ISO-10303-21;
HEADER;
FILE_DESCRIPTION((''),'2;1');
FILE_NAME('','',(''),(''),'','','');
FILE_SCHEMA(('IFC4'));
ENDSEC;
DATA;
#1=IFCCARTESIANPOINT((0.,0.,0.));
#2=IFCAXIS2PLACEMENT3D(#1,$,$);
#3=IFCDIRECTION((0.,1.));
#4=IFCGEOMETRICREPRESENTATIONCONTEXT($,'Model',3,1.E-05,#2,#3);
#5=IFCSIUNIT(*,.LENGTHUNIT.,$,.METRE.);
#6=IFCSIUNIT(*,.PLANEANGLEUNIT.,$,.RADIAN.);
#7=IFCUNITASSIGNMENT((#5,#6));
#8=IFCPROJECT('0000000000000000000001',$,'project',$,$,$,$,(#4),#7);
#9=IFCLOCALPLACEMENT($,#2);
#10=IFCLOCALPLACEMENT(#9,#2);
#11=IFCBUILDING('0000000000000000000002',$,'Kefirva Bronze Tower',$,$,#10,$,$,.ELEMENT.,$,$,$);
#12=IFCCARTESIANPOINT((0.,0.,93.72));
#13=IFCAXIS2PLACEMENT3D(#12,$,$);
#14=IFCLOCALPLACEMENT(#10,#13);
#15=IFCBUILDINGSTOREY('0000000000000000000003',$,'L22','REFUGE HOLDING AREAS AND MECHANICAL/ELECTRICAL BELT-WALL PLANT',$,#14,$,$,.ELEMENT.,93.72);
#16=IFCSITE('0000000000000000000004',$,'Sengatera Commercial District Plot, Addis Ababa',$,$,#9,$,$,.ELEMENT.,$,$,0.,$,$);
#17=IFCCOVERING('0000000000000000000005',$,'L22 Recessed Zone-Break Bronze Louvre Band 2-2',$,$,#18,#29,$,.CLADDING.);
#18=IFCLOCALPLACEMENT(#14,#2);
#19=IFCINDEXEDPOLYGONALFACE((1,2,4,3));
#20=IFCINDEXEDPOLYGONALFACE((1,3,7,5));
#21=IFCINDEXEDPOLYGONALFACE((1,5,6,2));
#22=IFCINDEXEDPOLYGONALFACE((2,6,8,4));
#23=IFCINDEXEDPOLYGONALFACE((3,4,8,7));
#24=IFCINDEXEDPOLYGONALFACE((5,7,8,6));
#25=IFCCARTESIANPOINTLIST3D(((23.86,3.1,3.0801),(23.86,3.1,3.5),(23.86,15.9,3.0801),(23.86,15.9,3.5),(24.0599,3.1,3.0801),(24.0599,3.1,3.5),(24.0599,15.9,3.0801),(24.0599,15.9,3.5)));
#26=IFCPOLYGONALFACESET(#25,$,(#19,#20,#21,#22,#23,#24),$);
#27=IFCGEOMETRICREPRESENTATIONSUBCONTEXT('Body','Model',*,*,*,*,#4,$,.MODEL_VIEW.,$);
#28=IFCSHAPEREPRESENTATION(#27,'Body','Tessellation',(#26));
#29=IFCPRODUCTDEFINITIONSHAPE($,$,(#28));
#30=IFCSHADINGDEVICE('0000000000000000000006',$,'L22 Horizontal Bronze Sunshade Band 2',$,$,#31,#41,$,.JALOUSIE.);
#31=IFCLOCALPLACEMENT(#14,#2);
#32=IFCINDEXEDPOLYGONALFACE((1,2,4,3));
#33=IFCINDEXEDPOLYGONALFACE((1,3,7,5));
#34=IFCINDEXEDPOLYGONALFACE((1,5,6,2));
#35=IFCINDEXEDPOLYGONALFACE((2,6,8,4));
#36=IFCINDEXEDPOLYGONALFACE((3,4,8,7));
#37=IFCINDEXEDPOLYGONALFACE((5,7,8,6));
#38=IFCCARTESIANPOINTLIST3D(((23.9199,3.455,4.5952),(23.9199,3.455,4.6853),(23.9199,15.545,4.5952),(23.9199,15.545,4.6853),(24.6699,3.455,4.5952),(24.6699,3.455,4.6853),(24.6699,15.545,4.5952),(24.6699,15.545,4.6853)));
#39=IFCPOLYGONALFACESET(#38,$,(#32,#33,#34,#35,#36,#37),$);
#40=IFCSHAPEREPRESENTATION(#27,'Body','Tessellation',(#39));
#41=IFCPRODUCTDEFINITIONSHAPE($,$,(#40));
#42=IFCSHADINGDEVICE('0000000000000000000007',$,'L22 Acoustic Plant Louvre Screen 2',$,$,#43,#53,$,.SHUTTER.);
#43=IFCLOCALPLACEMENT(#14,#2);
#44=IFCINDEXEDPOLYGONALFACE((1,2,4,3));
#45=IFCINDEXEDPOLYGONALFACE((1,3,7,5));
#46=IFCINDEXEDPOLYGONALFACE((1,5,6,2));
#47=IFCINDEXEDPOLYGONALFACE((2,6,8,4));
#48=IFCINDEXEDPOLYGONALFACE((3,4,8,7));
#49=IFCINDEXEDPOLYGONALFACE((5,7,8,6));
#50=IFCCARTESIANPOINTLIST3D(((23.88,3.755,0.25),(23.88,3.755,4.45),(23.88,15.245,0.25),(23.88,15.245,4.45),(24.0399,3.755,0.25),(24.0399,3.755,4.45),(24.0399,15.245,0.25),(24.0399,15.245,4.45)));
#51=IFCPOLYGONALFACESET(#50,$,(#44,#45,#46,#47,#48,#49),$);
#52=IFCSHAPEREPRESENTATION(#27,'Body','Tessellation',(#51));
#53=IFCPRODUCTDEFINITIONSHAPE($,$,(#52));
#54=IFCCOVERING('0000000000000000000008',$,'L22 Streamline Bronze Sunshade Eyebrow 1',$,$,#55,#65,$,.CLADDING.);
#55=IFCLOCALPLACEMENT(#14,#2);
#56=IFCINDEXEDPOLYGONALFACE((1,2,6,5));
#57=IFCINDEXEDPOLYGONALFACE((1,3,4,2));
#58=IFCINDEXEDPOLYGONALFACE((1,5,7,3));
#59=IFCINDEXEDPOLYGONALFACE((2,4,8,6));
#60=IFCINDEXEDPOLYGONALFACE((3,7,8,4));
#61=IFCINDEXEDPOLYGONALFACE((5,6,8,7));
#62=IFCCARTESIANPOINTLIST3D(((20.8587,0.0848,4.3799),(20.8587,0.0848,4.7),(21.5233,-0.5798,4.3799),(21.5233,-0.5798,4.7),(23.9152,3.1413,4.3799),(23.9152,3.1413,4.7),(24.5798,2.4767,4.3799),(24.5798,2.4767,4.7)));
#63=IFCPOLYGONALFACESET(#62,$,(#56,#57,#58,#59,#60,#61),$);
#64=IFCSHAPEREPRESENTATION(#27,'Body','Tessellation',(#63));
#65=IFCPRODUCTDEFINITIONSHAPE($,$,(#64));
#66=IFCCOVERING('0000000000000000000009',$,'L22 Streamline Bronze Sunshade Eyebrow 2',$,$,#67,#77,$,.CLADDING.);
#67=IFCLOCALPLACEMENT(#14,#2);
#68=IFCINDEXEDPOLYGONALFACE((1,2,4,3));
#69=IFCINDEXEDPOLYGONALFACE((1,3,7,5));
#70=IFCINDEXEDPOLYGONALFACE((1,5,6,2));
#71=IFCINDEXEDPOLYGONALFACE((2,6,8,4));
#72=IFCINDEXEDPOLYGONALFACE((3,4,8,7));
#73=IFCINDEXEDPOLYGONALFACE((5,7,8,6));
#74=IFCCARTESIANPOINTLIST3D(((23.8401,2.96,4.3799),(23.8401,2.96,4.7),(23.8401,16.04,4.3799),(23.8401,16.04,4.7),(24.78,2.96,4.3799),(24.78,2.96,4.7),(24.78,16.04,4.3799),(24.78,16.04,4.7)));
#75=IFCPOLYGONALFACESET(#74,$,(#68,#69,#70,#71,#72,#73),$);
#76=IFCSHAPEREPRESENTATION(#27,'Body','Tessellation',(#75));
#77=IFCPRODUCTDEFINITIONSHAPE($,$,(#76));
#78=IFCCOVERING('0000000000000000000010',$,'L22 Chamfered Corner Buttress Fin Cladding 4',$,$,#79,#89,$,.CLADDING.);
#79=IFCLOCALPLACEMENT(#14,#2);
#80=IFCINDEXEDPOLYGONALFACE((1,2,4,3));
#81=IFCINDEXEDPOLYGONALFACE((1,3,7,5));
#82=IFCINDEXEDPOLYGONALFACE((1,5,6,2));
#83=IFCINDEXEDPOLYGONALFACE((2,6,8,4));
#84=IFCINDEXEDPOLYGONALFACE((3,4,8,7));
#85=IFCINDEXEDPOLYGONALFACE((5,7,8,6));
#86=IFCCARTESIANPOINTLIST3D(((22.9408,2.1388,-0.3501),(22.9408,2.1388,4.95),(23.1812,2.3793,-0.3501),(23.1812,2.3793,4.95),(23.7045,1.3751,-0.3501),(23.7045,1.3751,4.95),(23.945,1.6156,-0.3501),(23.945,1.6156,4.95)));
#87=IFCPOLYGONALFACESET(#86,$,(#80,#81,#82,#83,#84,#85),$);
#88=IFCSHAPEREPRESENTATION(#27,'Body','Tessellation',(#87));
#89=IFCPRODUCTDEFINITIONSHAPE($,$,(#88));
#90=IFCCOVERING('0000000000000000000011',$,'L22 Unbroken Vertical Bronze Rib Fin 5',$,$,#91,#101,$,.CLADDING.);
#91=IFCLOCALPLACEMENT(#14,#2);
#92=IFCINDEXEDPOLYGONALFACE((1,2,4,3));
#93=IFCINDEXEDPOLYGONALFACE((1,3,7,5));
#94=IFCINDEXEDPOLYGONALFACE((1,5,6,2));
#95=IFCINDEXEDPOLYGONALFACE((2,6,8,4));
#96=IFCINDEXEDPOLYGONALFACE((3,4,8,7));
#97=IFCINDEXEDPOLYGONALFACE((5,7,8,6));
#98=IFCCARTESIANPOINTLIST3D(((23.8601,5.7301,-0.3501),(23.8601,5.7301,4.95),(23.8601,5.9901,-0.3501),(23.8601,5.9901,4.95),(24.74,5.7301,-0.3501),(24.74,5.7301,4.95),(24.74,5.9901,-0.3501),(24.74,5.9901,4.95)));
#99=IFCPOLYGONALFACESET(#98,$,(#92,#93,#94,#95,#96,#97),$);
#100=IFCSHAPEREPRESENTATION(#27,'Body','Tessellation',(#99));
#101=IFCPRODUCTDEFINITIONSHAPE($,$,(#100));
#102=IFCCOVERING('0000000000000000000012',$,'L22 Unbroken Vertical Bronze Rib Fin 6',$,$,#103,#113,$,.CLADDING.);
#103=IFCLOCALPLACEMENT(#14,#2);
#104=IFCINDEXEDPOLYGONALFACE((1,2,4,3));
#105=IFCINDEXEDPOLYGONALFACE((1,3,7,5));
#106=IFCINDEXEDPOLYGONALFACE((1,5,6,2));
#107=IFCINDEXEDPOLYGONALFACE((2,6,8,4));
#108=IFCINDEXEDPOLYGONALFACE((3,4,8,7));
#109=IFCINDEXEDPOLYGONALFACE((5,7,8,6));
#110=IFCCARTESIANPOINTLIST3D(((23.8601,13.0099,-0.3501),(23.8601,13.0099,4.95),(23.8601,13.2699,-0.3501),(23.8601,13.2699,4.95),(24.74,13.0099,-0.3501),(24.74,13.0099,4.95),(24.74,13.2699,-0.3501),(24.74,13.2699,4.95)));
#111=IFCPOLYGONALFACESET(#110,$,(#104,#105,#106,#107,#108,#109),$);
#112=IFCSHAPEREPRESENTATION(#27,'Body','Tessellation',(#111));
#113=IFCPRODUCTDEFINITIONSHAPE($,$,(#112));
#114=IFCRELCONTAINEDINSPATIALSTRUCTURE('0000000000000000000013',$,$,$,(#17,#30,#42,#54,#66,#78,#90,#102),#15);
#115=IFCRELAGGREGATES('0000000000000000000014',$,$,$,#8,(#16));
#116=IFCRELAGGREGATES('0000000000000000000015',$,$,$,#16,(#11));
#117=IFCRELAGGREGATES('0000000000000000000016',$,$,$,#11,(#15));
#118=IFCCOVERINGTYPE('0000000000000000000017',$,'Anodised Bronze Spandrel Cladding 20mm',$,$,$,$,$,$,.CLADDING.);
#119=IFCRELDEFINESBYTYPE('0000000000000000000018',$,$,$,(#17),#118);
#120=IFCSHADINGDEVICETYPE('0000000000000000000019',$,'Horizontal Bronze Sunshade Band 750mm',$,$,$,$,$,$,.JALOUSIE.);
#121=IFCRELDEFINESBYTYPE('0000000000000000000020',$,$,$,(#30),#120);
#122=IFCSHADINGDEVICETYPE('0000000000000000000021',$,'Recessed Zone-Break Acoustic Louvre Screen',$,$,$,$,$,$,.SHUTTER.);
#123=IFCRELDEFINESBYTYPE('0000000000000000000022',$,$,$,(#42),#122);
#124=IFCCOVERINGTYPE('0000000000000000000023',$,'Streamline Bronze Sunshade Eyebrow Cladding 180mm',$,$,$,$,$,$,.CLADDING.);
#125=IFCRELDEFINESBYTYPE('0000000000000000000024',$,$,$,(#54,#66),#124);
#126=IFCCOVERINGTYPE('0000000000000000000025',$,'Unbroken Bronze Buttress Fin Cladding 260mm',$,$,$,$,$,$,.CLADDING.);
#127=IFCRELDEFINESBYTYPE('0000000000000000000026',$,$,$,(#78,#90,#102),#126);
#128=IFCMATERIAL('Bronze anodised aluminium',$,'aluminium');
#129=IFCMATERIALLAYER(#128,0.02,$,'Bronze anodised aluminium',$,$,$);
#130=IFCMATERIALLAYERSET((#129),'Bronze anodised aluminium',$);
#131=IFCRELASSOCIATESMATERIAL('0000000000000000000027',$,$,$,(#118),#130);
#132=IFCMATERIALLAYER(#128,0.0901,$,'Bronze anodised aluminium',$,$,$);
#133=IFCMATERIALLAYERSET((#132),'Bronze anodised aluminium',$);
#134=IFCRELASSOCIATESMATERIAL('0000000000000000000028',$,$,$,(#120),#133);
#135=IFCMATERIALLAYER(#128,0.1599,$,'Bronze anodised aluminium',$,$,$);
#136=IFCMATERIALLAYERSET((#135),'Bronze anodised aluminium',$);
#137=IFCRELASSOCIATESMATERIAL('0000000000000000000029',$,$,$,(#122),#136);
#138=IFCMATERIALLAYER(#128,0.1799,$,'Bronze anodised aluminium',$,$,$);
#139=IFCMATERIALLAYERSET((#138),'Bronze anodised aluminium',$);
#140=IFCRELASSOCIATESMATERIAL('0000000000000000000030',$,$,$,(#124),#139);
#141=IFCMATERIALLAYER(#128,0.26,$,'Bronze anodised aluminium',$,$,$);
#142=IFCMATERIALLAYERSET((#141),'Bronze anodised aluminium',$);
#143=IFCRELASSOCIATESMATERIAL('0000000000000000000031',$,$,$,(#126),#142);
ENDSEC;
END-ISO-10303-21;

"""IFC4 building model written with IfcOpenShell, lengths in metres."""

from ifc_helpers import new_model, si_unit, direction, frame, origin, origin_2d, place, context, subcontext, project, spatial, rectangle, extrude, material, layer, layer_set, type_object, element, save


model = new_model("IFC4")

# Units and contexts
model_context = context("Model", 3, precision=1e-05, world=origin(), true_north=direction((0.0, 1.0)))
body_context = subcontext(model_context, "Body", "Model", "MODEL_VIEW")
ifc_project = project(units=[si_unit("LENGTHUNIT", "METRE"), si_unit("PLANEANGLEUNIT", "RADIAN")], contexts=[model_context])

# Site, building, storey
site_placement = place(None, origin())
site = spatial("IfcSite", under=ifc_project, at=site_placement, Name="Sengatera Commercial District Plot, Addis Ababa", CompositionType="ELEMENT", RefElevation=0.0)
building_placement = place(site_placement, origin())
building = spatial("IfcBuilding", under=site, at=building_placement, Name="Kefirva Bronze Tower", CompositionType="ELEMENT")
storey_placement = place(building_placement, frame((0.0, 0.0, 93.72)))
storey = spatial("IfcBuildingStorey", under=building, at=storey_placement, Name="L22", Description="REFUGE HOLDING AREAS AND MECHANICAL/ELECTRICAL BELT-WALL PLANT", CompositionType="ELEMENT", Elevation=93.72)

# Covering
ifc_material_1 = material(Name="Bronze anodised aluminium", Category="aluminium")
ifc_layer_1 = layer(ifc_material_1, 0.02, Name="Bronze anodised aluminium")
ifc_layer_set_1 = layer_set([ifc_layer_1], Name="Bronze anodised aluminium")
covering_type_1 = type_object("IfcCoveringType", Name="Anodised Bronze Spandrel Cladding 20mm", PredefinedType="CLADDING", material=ifc_layer_set_1)
for number, where, z_axis, x_axis, name in (
    (1, (23.96, 9.5, 3.0801), (0.0, 0.0, 1.0), (0.0, 1.0, 0.0), "L22 Recessed Zone-Break Bronze Louvre Band 2-2"),
):
    element("IfcCovering", number, at=place(storey_placement, frame(where, z_axis=z_axis, x_axis=x_axis)), inside=storey, type_object=covering_type_1, Name=name, PredefinedType="CLADDING", context=body_context, shape_type="SweptSolid", body=[
        extrude(rectangle(XDim=12.8, YDim=0.2, at=origin_2d()), origin(), (0.0, 0.0, 1.0), 0.4199),
    ])

# Shading devices
ifc_layer_2 = layer(ifc_material_1, 0.0901, Name="Bronze anodised aluminium")
ifc_layer_set_2 = layer_set([ifc_layer_2], Name="Bronze anodised aluminium")
shading_device_type_1 = type_object("IfcShadingDeviceType", Name="Horizontal Bronze Sunshade Band 750mm", PredefinedType="JALOUSIE", material=ifc_layer_set_2)
shading_device_1_placement = place(storey_placement, frame((24.2949, 9.5, 4.5952), z_axis=(0.0, 0.0, 1.0), x_axis=(0.0, 1.0, 0.0)))
element("IfcShadingDevice", 2, at=shading_device_1_placement, inside=storey, type_object=shading_device_type_1, Name="L22 Horizontal Bronze Sunshade Band 2", PredefinedType="JALOUSIE", context=body_context, shape_type="SweptSolid", body=[
    extrude(rectangle(XDim=12.0901, YDim=0.75, at=origin_2d()), origin(), (0.0, 0.0, 1.0), 0.0901),
])
ifc_layer_3 = layer(ifc_material_1, 0.1599, Name="Bronze anodised aluminium")
ifc_layer_set_3 = layer_set([ifc_layer_3], Name="Bronze anodised aluminium")
shading_device_type_2 = type_object("IfcShadingDeviceType", Name="Recessed Zone-Break Acoustic Louvre Screen", PredefinedType="SHUTTER", material=ifc_layer_set_3)
shading_device_2_placement = place(storey_placement, frame((23.96, 9.5, 0.25), z_axis=(0.0, 0.0, 1.0), x_axis=(0.0, 1.0, 0.0)))
element("IfcShadingDevice", 3, at=shading_device_2_placement, inside=storey, type_object=shading_device_type_2, Name="L22 Acoustic Plant Louvre Screen 2", PredefinedType="SHUTTER", context=body_context, shape_type="SweptSolid", body=[
    extrude(rectangle(XDim=11.49, YDim=0.1599, at=origin_2d()), origin(), (0.0, 0.0, 1.0), 4.2),
])

# Coverings
ifc_layer_4 = layer(ifc_material_1, 0.1799, Name="Bronze anodised aluminium")
ifc_layer_set_4 = layer_set([ifc_layer_4], Name="Bronze anodised aluminium")
covering_type_2 = type_object("IfcCoveringType", Name="Streamline Bronze Sunshade Eyebrow Cladding 180mm", PredefinedType="CLADDING", material=ifc_layer_set_4)
covering_1_placement = place(storey_placement, frame((22.7192, 1.2808, 4.3799), z_axis=(0.0, 0.0, 1.0), x_axis=(0.707107, 0.707107, 0.0)))
element("IfcCovering", 4, at=covering_1_placement, inside=storey, type_object=covering_type_2, Name="L22 Streamline Bronze Sunshade Eyebrow 1", PredefinedType="CLADDING", context=body_context, shape_type="SweptSolid", body=[
    extrude(rectangle(XDim=4.3225, YDim=0.9399, at=origin_2d()), origin(), (0.0, 0.0, 1.0), 0.3201),
])
covering_2_placement = place(storey_placement, frame((24.3101, 9.5, 4.3799), z_axis=(0.0, 0.0, 1.0), x_axis=(0.0, 1.0, 0.0)))
element("IfcCovering", 5, at=covering_2_placement, inside=storey, type_object=covering_type_2, Name="L22 Streamline Bronze Sunshade Eyebrow 2", PredefinedType="CLADDING", context=body_context, shape_type="SweptSolid", body=[
    extrude(rectangle(XDim=13.0801, YDim=0.9399, at=origin_2d()), origin(), (0.0, 0.0, 1.0), 0.3201),
])
ifc_layer_5 = layer(ifc_material_1, 0.26, Name="Bronze anodised aluminium")
ifc_layer_set_5 = layer_set([ifc_layer_5], Name="Bronze anodised aluminium")
covering_type_3 = type_object("IfcCoveringType", Name="Unbroken Bronze Buttress Fin Cladding 260mm", PredefinedType="CLADDING", material=ifc_layer_set_5)
covering_3_placement = place(storey_placement, frame((23.4429, 1.8772, -0.3501), z_axis=(0.0, 0.0, 1.0), x_axis=(0.707107, 0.707107, 0.0)))
element("IfcCovering", 6, at=covering_3_placement, inside=storey, type_object=covering_type_3, Name="L22 Chamfered Corner Buttress Fin Cladding 4", PredefinedType="CLADDING", context=body_context, shape_type="SweptSolid", body=[
    extrude(rectangle(XDim=0.3401, YDim=1.0801, at=origin_2d()), origin(), (0.0, 0.0, 1.0), 5.3),
])
for number, where, z_axis, x_axis, name in (
    (7, (24.3, 5.8601, -0.3501), (0.0, 0.0, 1.0), (0.0, 1.0, 0.0), "L22 Unbroken Vertical Bronze Rib Fin 5"),
    (8, (24.3, 13.1399, -0.3501), (0.0, 0.0, 1.0), (0.0, 1.0, 0.0), "L22 Unbroken Vertical Bronze Rib Fin 6"),
):
    element("IfcCovering", number, at=place(storey_placement, frame(where, z_axis=z_axis, x_axis=x_axis)), inside=storey, type_object=covering_type_3, Name=name, PredefinedType="CLADDING", context=body_context, shape_type="SweptSolid", body=[
        extrude(rectangle(XDim=0.26, YDim=0.8799, at=origin_2d()), origin(), (0.0, 0.0, 1.0), 5.3),
    ])

save(model, "model.ifc")
